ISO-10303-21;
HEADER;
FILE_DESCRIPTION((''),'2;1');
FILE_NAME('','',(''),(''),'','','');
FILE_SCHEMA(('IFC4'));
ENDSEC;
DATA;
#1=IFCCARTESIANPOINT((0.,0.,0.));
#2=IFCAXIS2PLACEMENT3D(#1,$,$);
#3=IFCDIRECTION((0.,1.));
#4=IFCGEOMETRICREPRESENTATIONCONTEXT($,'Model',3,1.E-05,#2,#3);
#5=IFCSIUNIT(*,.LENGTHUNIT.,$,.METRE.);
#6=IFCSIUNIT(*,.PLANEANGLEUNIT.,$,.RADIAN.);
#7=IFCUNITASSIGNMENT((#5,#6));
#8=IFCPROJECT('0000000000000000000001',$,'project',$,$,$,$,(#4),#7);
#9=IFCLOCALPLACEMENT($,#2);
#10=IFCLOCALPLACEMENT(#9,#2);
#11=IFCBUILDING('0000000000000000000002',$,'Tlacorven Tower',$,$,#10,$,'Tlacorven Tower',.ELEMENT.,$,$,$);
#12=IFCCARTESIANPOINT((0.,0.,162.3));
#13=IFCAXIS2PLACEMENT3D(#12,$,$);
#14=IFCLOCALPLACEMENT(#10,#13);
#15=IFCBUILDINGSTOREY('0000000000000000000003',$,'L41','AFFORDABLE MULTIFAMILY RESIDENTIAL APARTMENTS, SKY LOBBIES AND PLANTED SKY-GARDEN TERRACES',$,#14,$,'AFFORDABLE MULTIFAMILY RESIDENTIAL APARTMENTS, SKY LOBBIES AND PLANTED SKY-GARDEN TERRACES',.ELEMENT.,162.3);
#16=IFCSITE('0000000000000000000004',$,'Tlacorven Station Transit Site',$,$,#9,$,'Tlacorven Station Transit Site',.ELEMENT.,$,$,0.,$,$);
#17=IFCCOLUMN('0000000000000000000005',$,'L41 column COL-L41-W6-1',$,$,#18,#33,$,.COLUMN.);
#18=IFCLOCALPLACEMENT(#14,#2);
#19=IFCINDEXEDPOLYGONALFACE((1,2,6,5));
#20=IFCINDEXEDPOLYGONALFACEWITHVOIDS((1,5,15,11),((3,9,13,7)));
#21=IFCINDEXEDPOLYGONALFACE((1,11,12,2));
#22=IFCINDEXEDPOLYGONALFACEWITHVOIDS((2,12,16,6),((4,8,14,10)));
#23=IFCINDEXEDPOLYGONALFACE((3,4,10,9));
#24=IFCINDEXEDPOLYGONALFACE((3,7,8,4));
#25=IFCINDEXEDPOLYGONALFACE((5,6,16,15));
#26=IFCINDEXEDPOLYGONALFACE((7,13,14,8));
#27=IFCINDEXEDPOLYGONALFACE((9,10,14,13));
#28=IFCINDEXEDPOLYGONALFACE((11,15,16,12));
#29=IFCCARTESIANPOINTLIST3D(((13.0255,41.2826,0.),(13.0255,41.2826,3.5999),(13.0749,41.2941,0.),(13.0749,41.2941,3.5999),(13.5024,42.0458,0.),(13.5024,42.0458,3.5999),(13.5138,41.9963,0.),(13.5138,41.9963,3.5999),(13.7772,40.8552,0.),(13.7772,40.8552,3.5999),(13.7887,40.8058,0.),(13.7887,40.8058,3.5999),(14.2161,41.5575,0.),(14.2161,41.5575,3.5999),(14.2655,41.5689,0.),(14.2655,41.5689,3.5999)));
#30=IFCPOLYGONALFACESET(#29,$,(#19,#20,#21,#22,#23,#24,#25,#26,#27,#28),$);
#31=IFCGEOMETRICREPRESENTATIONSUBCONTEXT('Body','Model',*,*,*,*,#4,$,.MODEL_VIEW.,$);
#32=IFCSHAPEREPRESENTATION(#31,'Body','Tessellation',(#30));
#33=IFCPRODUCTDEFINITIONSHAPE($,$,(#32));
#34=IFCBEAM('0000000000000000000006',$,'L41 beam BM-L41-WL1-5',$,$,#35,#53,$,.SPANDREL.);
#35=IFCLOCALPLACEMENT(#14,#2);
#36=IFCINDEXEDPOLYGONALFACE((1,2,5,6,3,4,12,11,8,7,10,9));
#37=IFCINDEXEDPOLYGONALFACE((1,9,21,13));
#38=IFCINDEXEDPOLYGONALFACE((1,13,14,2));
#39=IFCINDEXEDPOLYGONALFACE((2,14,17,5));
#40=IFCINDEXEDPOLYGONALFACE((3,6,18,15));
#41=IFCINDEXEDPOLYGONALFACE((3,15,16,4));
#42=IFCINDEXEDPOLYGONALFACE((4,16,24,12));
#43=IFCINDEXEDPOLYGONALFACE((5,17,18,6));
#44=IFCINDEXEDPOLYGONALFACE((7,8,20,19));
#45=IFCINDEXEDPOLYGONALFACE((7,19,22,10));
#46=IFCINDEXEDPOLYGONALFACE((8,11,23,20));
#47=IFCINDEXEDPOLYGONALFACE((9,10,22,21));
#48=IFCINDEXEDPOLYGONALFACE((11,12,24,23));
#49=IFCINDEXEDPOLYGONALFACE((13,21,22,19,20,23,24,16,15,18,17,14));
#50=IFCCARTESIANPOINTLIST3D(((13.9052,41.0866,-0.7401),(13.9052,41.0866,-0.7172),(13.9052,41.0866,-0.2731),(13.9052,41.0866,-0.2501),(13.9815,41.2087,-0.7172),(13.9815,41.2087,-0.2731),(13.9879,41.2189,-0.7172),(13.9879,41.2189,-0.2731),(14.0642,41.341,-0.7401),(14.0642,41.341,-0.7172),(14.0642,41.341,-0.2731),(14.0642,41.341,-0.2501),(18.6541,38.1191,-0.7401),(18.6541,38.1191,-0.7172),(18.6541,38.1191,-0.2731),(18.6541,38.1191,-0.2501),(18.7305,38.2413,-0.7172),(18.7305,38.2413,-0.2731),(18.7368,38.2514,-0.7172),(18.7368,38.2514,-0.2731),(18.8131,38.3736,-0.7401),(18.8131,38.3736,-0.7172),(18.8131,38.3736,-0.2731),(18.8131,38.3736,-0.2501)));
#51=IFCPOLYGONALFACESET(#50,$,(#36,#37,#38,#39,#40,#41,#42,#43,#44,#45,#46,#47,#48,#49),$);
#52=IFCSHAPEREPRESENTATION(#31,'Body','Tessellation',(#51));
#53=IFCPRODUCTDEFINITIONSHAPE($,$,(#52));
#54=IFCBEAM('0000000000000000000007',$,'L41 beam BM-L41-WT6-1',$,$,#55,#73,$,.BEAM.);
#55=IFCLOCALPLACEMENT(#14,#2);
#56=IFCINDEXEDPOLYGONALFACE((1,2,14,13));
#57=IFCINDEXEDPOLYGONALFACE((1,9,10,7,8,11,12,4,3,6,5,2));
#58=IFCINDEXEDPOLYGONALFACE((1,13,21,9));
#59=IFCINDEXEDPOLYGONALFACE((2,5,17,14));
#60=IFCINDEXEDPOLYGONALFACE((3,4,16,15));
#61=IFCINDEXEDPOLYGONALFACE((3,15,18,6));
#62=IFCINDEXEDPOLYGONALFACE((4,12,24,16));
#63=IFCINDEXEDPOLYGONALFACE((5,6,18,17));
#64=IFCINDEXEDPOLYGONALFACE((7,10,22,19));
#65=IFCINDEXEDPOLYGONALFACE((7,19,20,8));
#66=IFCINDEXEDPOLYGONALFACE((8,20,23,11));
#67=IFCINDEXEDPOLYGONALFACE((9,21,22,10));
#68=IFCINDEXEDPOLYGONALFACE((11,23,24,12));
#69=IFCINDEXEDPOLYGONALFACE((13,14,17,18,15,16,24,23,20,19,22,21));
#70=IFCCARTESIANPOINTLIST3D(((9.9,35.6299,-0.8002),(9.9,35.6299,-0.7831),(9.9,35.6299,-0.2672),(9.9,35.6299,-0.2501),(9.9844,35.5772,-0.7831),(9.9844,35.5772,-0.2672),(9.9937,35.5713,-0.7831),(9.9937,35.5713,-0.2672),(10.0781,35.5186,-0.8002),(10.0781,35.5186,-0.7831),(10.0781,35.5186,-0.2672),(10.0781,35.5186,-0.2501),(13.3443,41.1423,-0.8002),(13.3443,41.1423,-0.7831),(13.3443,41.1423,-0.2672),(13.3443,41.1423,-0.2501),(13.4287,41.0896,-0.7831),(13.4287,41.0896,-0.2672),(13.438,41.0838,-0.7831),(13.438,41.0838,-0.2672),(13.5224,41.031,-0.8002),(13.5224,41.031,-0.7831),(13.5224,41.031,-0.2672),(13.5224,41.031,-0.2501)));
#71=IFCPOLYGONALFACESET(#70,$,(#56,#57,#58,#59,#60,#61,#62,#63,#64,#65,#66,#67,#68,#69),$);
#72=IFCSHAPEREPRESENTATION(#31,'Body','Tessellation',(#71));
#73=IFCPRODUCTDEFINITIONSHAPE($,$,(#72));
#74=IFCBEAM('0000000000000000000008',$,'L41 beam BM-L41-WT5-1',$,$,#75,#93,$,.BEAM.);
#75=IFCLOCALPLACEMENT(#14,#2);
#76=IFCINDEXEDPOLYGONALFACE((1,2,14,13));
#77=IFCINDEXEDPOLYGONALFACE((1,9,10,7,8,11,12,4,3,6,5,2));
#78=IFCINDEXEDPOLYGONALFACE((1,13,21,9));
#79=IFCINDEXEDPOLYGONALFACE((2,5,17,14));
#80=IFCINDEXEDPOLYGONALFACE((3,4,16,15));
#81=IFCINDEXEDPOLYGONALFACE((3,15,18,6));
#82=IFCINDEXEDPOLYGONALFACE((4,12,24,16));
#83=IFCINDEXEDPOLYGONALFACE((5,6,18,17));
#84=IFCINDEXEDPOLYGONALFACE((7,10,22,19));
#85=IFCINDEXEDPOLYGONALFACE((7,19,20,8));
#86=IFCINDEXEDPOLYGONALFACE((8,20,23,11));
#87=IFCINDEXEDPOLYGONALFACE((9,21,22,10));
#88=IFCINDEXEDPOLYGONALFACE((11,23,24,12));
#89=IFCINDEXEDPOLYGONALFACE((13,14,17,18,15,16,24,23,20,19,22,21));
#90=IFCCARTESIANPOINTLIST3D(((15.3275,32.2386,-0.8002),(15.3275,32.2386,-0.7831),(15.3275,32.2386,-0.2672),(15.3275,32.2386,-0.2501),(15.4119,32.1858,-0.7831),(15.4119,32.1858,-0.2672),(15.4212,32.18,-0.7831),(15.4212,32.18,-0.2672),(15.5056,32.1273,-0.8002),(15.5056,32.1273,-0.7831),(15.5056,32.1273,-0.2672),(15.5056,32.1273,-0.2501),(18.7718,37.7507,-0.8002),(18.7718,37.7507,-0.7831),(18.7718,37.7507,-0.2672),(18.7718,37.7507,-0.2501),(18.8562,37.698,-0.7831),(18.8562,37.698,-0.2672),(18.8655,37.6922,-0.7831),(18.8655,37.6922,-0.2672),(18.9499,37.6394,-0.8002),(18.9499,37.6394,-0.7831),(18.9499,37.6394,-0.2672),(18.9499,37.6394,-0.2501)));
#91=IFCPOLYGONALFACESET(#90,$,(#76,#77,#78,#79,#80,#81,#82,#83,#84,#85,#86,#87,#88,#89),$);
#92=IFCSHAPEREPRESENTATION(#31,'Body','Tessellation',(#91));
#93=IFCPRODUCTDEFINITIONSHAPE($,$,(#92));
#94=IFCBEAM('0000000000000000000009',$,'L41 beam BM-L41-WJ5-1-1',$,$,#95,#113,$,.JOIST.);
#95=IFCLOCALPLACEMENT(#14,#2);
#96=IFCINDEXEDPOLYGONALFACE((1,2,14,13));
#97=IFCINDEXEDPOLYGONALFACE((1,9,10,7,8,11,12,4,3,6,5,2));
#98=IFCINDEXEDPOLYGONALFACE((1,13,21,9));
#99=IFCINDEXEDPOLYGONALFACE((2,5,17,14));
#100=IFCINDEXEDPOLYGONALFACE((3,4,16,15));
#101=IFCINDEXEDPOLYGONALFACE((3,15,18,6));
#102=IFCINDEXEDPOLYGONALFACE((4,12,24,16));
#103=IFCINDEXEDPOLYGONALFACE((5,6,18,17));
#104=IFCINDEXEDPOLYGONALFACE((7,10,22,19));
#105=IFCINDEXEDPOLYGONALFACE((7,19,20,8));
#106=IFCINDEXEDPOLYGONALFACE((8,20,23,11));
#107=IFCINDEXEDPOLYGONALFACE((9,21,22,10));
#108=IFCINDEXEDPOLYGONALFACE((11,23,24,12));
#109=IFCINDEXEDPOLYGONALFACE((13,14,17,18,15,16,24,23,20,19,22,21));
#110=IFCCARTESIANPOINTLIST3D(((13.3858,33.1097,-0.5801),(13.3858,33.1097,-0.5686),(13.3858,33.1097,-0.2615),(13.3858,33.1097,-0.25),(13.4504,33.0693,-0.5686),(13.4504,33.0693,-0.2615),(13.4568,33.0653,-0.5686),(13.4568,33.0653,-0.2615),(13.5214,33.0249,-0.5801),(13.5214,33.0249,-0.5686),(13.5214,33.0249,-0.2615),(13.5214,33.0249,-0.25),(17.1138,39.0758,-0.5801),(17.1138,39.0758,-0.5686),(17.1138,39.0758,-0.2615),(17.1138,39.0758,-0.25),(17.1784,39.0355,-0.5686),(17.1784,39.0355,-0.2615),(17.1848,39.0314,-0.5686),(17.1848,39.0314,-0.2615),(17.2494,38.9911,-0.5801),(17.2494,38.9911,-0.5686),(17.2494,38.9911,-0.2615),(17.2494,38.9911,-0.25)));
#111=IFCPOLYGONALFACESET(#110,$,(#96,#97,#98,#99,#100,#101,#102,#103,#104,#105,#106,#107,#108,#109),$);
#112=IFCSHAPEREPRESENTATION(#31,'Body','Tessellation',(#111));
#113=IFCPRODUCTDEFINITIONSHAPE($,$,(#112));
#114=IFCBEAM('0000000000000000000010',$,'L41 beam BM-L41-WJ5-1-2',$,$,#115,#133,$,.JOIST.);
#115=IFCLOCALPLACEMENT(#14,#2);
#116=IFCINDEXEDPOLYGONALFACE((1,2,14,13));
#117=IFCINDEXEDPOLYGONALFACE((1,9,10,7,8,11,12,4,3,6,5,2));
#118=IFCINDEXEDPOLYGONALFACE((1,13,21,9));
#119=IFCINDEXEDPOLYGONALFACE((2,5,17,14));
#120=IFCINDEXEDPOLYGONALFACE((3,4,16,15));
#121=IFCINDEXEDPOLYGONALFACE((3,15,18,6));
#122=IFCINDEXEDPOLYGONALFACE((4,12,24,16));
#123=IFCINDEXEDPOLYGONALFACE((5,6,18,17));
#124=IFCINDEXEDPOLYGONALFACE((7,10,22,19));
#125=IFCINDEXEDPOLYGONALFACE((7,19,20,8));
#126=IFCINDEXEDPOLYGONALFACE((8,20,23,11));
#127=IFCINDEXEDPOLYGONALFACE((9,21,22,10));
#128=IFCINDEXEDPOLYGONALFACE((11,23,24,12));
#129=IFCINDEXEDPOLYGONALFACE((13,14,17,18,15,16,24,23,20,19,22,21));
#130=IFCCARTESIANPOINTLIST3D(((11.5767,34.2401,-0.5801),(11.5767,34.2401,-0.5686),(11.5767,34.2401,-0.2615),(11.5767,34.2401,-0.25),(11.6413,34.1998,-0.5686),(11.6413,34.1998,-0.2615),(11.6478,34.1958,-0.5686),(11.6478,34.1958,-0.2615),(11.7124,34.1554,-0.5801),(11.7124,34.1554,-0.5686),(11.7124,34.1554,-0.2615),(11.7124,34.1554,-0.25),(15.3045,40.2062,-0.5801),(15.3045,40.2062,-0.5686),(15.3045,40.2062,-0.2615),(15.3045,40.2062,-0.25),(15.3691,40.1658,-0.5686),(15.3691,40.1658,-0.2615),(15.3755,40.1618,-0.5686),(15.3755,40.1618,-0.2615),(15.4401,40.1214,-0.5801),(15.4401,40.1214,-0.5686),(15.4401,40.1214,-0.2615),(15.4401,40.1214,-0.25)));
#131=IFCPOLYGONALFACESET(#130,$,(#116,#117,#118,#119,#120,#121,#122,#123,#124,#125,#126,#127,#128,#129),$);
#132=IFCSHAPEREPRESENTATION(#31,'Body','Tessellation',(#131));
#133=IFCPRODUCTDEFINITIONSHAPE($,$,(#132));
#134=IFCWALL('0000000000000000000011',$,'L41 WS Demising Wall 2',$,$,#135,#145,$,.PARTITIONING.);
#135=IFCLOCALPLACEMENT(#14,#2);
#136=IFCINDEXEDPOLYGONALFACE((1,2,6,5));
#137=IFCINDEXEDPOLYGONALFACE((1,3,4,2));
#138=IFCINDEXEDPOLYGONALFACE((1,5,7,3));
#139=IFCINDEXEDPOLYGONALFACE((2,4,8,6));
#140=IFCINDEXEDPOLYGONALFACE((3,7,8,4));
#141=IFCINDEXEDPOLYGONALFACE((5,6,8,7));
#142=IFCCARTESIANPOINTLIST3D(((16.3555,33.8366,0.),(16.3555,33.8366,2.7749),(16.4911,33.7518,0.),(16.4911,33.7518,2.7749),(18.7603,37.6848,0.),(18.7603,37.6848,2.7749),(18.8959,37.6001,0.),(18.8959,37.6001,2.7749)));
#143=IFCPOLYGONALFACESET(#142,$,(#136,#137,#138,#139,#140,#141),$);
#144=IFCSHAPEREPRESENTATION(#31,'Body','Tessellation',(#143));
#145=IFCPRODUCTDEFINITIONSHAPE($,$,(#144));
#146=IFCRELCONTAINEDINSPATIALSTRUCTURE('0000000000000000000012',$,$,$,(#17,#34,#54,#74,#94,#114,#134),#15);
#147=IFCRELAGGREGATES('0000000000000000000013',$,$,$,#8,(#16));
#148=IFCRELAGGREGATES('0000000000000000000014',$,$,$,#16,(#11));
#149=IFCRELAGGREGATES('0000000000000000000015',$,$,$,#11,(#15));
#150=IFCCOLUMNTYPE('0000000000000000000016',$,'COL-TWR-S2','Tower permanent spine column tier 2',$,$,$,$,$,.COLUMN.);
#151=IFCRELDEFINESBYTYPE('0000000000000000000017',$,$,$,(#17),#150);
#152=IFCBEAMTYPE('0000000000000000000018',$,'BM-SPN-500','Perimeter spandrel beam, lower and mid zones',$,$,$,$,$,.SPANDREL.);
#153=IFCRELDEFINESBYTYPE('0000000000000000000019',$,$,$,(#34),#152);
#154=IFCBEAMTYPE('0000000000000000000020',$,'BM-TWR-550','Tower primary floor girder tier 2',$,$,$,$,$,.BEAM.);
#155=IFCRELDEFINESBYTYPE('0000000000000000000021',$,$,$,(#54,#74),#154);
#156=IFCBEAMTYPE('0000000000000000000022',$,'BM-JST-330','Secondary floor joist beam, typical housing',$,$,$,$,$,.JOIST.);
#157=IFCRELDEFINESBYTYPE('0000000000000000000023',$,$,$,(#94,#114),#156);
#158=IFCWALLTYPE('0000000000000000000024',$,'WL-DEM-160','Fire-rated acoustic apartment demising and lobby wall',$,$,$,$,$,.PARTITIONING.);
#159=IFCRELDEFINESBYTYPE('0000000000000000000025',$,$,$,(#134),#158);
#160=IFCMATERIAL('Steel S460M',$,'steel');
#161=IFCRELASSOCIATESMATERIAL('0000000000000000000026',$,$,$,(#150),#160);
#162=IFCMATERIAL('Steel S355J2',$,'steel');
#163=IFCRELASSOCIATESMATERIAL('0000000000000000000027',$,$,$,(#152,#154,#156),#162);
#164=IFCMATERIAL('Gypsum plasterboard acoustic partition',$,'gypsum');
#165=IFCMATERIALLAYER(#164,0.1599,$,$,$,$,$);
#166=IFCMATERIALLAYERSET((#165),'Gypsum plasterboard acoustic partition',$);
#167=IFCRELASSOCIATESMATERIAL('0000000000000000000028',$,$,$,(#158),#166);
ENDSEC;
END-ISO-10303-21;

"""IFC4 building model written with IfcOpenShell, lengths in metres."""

from ifc_helpers import new_model, si_unit, direction, frame, frame_2d, origin, origin_2d, place, context, subcontext, project, spatial, rectangle, hollow_rectangle, i_section, extrude, source, transform, mapped, material, layer, layer_set, material_profile, profile_set, type_object, element, save


model = new_model("IFC4")

# Units and contexts
model_context = context("Model", 3, precision=1e-05, world=origin(), true_north=direction((0.0, 1.0)))
body_context = subcontext(model_context, "Body", "Model", "MODEL_VIEW")
ifc_project = project(units=[si_unit("LENGTHUNIT", "METRE"), si_unit("PLANEANGLEUNIT", "RADIAN")], contexts=[model_context])

# Site, building, storey
site_placement = place(None, origin())
site = spatial("IfcSite", under=ifc_project, at=site_placement, Name="Tlacorven Station Transit Site", LongName="Tlacorven Station Transit Site", CompositionType="ELEMENT", RefElevation=0.0)
building_placement = place(site_placement, origin())
building = spatial("IfcBuilding", under=site, at=building_placement, Name="Tlacorven Tower", LongName="Tlacorven Tower", CompositionType="ELEMENT")
storey_placement = place(building_placement, frame((0.0, 0.0, 162.3)))
storey = spatial("IfcBuildingStorey", under=building, at=storey_placement, Name="L41", Description="AFFORDABLE MULTIFAMILY RESIDENTIAL APARTMENTS, SKY LOBBIES AND PLANTED SKY-GARDEN TERRACES", LongName="AFFORDABLE MULTIFAMILY RESIDENTIAL APARTMENTS, SKY LOBBIES AND PLANTED SKY-GARDEN TERRACES", CompositionType="ELEMENT", Elevation=162.3)

# Column
ifc_material_1 = material(Name="Steel S460M", Category="steel")
ifc_material_profile_1 = material_profile(ifc_material_1, hollow_rectangle(XDim=0.8999, YDim=0.8999, WallThickness=0.0359, at=origin_2d()), Name="BOX 900X900X36")
ifc_profile_set_1 = profile_set([ifc_material_profile_1], Name="Steel S460M")
column_type = type_object("IfcColumnType", Name="COL-TWR-S2", Description="Tower permanent spine column tier 2", PredefinedType="COLUMN", material=ifc_profile_set_1)
shared_shape_1 = source(origin(), body_context, "Body", "SweptSolid", [
    extrude(hollow_rectangle(XDim=0.8999, YDim=0.8999, WallThickness=0.0359, at=origin_2d()), origin(), (0.0, 0.0, 1.0), 3.5999),
])
column_placement = place(storey_placement, frame((13.6455, 41.4258, 0.0), z_axis=(0.0, 0.0, 1.0), x_axis=(-0.848048, 0.529919, 0.0)))
element("IfcColumn", 1, at=column_placement, inside=storey, type_object=column_type, Name="L41 column COL-L41-W6-1", PredefinedType="COLUMN", context=body_context, shape_type="MappedRepresentation", body=[
    mapped(shared_shape_1, transform((0.0, 0.0, 0.0), scale=1.0)),
])

# Beams
ifc_material_2 = material(Name="Steel S355J2", Category="steel")
ifc_material_profile_2 = material_profile(ifc_material_2, i_section(OverallWidth=0.3, OverallDepth=0.49, WebThickness=0.012, FlangeThickness=0.0229, at=origin_2d()), Name="HEA 500")
ifc_profile_set_2 = profile_set([ifc_material_profile_2], Name="Steel S355J2")
beam_type_1 = type_object("IfcBeamType", Name="BM-SPN-500", Description="Perimeter spandrel beam, lower and mid zones", PredefinedType="SPANDREL", material=ifc_profile_set_2)
shared_shape_2 = source(origin(), body_context, "Body", "SweptSolid", [
    extrude(i_section(OverallWidth=0.3, OverallDepth=0.49, WebThickness=0.012, FlangeThickness=0.0229, at=origin_2d()), origin(), (0.0, 0.0, 1.0), 5.5999),
])
beam_1_placement = place(storey_placement, frame((18.7336, 38.2463, -0.4951), z_axis=(-0.848047, 0.529921, 0.0), x_axis=(-0.529921, -0.848047, 0.0)))
element("IfcBeam", 2, at=beam_1_placement, inside=storey, type_object=beam_type_1, Name="L41 beam BM-L41-WL1-5", PredefinedType="SPANDREL", context=body_context, shape_type="MappedRepresentation", body=[
    mapped(shared_shape_2, transform((0.0, 0.0, 0.0), scale=1.0)),
])
ifc_material_profile_3 = material_profile(ifc_material_2, i_section(OverallWidth=0.21, OverallDepth=0.55, WebThickness=0.011, FlangeThickness=0.0171, at=origin_2d()), Name="IPE 550")
ifc_profile_set_3 = profile_set([ifc_material_profile_3], Name="Steel S355J2")
beam_type_2 = type_object("IfcBeamType", Name="BM-TWR-550", Description="Tower primary floor girder tier 2", PredefinedType="BEAM", material=ifc_profile_set_3)
shared_shape_3 = source(origin(), body_context, "Body", "SweptSolid", [
    extrude(i_section(OverallWidth=0.21, OverallDepth=0.55, WebThickness=0.011, FlangeThickness=0.0171, at=origin_2d()), origin(), (0.0, 0.0, 1.0), 6.5),
])
beam_2_placement = place(storey_placement, frame((13.4333, 41.0867, -0.5251), z_axis=(-0.529894, -0.848064, 0.0), x_axis=(0.848064, -0.529894, 0.0)))
element("IfcBeam", 3, at=beam_2_placement, inside=storey, type_object=beam_type_2, Name="L41 beam BM-L41-WT6-1", PredefinedType="BEAM", context=body_context, shape_type="MappedRepresentation", body=[
    mapped(shared_shape_3, transform((0.0, 0.0, 0.0), scale=1.0)),
])
shared_shape_4 = source(origin(), body_context, "Body", "SweptSolid", [
    extrude(i_section(OverallWidth=0.21, OverallDepth=0.55, WebThickness=0.011, FlangeThickness=0.0171, at=origin_2d()), origin(), (0.0, 0.0, 1.0), 6.4998),
])
beam_3_placement = place(storey_placement, frame((18.8608, 37.6951, -0.5251), z_axis=(-0.529911, -0.848053, 0.0), x_axis=(0.848053, -0.529911, 0.0)))
element("IfcBeam", 4, at=beam_3_placement, inside=storey, type_object=beam_type_2, Name="L41 beam BM-L41-WT5-1", PredefinedType="BEAM", context=body_context, shape_type="MappedRepresentation", body=[
    mapped(shared_shape_4, transform((0.0, 0.0, 0.0), scale=1.0)),
])
ifc_material_profile_4 = material_profile(ifc_material_2, i_section(OverallWidth=0.1599, OverallDepth=0.3301, WebThickness=0.0076, FlangeThickness=0.0115, at=origin_2d()), Name="IPE 330")
ifc_profile_set_4 = profile_set([ifc_material_profile_4], Name="Steel S355J2")
beam_type_3 = type_object("IfcBeamType", Name="BM-JST-330", Description="Secondary floor joist beam, typical housing", PredefinedType="JOIST", material=ifc_profile_set_4)
shared_shape_5 = source(origin(), body_context, "Body", "SweptSolid", [
    extrude(i_section(OverallWidth=0.1599, OverallDepth=0.3301, WebThickness=0.0076, FlangeThickness=0.0115, at=origin_2d()), origin(), (0.0, 0.0, 1.0), 7.0352),
])
beam_4_placement = place(storey_placement, frame((17.1816, 39.0334, -0.415), z_axis=(-0.529921, -0.848047, 0.0), x_axis=(0.848047, -0.529921, 0.0)))
element("IfcBeam", 5, at=beam_4_placement, inside=storey, type_object=beam_type_3, Name="L41 beam BM-L41-WJ5-1-1", PredefinedType="JOIST", context=body_context, shape_type="MappedRepresentation", body=[
    mapped(shared_shape_5, transform((0.0, 0.0, 0.0), scale=1.0)),
])
shared_shape_6 = source(origin(), body_context, "Body", "SweptSolid", [
    extrude(i_section(OverallWidth=0.1599, OverallDepth=0.3301, WebThickness=0.0076, FlangeThickness=0.0115, at=origin_2d()), origin(), (0.0, 0.0, 1.0), 7.0349),
])
beam_5_placement = place(storey_placement, frame((15.3723, 40.1638, -0.415), z_axis=(-0.529896, -0.848063, 0.0), x_axis=(0.848063, -0.529896, 0.0)))
element("IfcBeam", 6, at=beam_5_placement, inside=storey, type_object=beam_type_3, Name="L41 beam BM-L41-WJ5-1-2", PredefinedType="JOIST", context=body_context, shape_type="MappedRepresentation", body=[
    mapped(shared_shape_6, transform((0.0, 0.0, 0.0), scale=1.0)),
])

# Wall
ifc_material_3 = material(Name="Gypsum plasterboard acoustic partition", Category="gypsum")
ifc_layer_1 = layer(ifc_material_3, 0.1599)
ifc_layer_set_1 = layer_set([ifc_layer_1], Name="Gypsum plasterboard acoustic partition")
wall_type_1 = type_object("IfcWallType", Name="WL-DEM-160", Description="Fire-rated acoustic apartment demising and lobby wall", PredefinedType="PARTITIONING", material=ifc_layer_set_1)
wall_1_placement = place(storey_placement, frame((18.8281, 37.6426, 0.0), z_axis=(0.0, 0.0, 1.0), x_axis=(-0.529926, -0.848044, 0.0)))
element("IfcWall", 7, at=wall_1_placement, inside=storey, type_object=wall_type_1, Name="L41 WS Demising Wall 2", PredefinedType="PARTITIONING", context=body_context, shape_type="SweptSolid", body=[
    extrude(rectangle(XDim=4.5378, YDim=0.1599, at=frame_2d((2.269, 0.0))), origin(), (0.0, 0.0, 1.0), 2.7749),
])

save(model, "model.ifc")
